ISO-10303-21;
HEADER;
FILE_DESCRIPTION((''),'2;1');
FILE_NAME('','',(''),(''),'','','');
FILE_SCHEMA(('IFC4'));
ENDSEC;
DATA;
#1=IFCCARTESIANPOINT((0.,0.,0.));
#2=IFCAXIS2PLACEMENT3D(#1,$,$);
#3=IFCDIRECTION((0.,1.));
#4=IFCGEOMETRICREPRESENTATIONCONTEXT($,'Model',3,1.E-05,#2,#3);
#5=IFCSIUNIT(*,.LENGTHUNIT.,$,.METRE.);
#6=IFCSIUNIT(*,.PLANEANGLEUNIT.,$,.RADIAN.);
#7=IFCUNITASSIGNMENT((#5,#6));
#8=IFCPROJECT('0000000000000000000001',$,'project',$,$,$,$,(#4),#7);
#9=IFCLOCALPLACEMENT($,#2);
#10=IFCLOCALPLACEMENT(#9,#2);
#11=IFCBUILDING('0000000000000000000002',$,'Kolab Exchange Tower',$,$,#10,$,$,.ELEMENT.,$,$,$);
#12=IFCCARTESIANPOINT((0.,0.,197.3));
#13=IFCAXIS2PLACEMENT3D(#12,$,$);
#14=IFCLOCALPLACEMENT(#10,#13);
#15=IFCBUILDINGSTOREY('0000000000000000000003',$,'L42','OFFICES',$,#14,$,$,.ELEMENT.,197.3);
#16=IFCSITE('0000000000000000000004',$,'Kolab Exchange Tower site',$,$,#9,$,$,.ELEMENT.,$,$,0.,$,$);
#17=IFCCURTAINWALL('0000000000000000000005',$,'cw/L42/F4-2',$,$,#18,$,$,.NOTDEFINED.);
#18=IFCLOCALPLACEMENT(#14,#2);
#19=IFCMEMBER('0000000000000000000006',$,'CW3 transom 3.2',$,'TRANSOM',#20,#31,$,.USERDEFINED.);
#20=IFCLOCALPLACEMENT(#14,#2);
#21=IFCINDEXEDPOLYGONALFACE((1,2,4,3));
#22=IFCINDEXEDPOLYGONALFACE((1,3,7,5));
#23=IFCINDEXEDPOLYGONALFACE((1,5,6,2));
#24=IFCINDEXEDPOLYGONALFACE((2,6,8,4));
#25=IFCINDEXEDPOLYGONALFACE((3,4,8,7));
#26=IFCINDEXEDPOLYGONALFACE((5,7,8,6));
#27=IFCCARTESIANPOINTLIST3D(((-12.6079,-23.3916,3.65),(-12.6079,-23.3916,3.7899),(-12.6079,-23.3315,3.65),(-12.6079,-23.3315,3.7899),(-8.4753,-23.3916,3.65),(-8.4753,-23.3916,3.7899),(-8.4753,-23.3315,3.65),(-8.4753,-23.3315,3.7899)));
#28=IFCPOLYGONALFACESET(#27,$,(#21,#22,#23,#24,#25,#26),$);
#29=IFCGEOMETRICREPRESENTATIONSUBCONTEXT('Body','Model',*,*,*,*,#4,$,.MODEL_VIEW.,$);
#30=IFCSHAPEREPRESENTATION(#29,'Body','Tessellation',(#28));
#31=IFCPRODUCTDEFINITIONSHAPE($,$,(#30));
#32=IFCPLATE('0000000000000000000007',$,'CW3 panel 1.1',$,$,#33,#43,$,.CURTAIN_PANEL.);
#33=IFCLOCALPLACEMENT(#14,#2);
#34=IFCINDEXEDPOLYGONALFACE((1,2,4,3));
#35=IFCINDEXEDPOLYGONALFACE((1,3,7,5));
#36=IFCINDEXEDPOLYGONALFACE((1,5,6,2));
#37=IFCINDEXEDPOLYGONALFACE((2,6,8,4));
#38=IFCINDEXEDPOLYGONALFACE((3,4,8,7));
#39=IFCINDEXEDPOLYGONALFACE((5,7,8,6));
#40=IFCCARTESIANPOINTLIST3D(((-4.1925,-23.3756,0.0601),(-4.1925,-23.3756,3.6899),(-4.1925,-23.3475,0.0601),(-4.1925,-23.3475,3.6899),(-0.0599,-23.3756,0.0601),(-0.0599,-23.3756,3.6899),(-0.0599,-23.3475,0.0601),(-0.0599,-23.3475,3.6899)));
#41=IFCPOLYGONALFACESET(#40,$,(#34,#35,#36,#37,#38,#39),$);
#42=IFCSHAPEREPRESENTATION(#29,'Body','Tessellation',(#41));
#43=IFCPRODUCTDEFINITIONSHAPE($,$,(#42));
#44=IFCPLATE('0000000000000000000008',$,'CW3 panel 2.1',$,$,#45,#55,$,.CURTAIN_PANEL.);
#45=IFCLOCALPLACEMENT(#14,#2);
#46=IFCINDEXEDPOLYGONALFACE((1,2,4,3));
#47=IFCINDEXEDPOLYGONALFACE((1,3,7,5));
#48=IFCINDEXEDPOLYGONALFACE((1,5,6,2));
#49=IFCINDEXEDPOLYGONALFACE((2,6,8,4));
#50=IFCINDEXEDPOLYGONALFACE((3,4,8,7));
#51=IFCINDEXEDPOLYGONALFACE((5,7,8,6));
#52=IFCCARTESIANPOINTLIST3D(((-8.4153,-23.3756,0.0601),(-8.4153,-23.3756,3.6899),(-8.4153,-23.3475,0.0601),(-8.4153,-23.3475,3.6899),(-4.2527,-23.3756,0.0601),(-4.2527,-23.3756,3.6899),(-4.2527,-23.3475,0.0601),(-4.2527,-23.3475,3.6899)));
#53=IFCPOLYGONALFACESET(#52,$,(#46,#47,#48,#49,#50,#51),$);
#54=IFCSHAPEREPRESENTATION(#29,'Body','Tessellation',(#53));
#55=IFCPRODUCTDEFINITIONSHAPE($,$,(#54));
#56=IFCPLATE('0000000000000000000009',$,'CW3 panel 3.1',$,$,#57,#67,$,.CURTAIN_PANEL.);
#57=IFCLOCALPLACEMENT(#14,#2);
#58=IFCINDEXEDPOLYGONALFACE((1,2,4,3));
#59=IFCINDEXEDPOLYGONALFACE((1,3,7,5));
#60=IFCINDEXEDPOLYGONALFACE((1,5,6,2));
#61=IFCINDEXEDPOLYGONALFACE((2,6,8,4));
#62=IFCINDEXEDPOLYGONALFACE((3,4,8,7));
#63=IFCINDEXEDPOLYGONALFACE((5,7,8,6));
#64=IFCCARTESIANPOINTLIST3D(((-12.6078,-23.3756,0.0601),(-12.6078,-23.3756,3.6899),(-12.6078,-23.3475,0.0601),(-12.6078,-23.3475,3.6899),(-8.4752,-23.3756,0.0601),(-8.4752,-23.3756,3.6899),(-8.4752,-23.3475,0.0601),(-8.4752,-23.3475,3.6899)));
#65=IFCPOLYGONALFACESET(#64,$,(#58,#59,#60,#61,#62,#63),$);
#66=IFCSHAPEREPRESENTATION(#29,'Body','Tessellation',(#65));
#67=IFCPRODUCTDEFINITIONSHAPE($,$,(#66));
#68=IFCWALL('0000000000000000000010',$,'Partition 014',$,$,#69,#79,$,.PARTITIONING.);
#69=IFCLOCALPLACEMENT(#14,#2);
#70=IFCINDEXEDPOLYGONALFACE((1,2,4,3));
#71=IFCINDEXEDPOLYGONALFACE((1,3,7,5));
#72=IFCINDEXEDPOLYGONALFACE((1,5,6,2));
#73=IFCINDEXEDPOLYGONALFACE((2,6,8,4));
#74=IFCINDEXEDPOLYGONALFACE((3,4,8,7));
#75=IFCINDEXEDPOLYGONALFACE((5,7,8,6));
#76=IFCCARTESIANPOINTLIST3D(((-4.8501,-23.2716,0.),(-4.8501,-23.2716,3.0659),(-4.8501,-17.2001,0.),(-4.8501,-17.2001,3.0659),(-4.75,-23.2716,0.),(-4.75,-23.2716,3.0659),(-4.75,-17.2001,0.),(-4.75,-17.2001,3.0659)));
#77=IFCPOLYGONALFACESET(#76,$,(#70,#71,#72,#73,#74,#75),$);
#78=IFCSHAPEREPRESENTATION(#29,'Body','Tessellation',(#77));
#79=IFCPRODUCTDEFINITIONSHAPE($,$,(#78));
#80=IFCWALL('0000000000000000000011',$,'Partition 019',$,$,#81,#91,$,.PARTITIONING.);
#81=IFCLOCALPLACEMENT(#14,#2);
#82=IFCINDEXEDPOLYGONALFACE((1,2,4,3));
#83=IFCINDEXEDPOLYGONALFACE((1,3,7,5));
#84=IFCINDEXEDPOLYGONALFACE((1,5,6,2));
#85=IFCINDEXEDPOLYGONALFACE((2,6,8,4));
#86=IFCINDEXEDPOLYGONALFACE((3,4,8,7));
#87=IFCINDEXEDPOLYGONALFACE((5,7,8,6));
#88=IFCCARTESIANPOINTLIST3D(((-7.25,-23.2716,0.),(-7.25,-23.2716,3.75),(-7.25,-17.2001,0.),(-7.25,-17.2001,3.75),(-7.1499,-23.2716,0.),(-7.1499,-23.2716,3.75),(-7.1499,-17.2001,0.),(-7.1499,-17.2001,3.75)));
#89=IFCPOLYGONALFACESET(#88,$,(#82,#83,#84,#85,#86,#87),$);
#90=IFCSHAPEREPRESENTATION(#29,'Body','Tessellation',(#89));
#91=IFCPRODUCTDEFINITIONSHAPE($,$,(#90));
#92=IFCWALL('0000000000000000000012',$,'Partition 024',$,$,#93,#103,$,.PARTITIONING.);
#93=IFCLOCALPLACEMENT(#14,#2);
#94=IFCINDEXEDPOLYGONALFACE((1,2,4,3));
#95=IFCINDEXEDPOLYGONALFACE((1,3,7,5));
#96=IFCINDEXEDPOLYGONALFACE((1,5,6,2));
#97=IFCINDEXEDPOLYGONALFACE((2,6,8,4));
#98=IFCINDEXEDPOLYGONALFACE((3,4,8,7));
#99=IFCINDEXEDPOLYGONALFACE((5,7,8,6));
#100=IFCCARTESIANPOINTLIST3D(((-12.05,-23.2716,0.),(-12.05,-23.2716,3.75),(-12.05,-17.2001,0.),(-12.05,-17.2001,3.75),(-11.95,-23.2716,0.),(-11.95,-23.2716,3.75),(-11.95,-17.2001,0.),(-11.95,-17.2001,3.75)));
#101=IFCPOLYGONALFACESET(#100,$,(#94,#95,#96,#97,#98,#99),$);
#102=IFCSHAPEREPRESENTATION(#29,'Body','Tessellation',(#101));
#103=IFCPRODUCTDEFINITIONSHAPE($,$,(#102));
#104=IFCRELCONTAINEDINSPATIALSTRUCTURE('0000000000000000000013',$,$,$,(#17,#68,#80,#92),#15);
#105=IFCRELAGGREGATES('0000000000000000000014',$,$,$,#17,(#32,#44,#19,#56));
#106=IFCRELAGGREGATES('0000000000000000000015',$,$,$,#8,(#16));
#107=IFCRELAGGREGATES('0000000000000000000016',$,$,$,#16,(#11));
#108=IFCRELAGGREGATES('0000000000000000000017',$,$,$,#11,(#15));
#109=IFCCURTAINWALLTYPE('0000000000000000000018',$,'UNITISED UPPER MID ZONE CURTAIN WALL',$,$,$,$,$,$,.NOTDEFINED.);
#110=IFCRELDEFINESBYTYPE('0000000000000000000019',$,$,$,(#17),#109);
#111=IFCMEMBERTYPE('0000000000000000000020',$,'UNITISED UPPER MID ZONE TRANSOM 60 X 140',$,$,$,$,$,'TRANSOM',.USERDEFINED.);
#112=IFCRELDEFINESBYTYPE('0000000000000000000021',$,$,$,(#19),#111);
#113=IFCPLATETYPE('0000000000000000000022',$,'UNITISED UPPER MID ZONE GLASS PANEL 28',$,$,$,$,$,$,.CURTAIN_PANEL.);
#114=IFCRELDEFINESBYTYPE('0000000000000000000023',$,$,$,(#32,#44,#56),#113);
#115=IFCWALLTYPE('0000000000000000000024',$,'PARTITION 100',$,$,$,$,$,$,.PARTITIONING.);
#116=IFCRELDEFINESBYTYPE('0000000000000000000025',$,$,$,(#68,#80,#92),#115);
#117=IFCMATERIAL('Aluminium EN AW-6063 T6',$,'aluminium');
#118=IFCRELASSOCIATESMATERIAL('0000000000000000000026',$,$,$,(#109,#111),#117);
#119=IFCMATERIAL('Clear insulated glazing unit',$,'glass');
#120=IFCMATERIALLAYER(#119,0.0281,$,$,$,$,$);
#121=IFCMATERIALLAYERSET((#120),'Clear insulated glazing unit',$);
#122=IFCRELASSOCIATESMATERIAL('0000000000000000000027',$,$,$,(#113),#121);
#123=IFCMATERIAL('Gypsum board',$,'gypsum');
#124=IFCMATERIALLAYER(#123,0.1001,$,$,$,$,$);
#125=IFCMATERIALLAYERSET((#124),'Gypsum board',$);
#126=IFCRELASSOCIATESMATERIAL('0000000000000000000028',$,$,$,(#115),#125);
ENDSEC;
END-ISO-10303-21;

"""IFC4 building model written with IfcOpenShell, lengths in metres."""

from ifc_helpers import new_model, si_unit, direction, frame, frame_2d, origin, origin_2d, place, context, subcontext, project, spatial, rectangle, extrude, material, layer, layer_set, material_profile, profile_set, type_object, element, aggregate, save


model = new_model("IFC4")

# Units and contexts
model_context = context("Model", 3, precision=1e-05, world=origin(), true_north=direction((0.0, 1.0)))
body_context = subcontext(model_context, "Body", "Model", "MODEL_VIEW")
ifc_project = project(units=[si_unit("LENGTHUNIT", "METRE"), si_unit("PLANEANGLEUNIT", "RADIAN")], contexts=[model_context])

# Site, building, storey
site_placement = place(None, origin())
site = spatial("IfcSite", under=ifc_project, at=site_placement, Name="Kolab Exchange Tower site", CompositionType="ELEMENT", RefElevation=0.0)
building_placement = place(site_placement, origin())
building = spatial("IfcBuilding", under=site, at=building_placement, Name="Kolab Exchange Tower", CompositionType="ELEMENT")
storey_placement = place(building_placement, frame((0.0, 0.0, 197.3)))
storey = spatial("IfcBuildingStorey", under=building, at=storey_placement, Name="L42", Description="OFFICES", CompositionType="ELEMENT", Elevation=197.3)

# Curtain wall, member, plates
ifc_material_1 = material(Name="Aluminium EN AW-6063 T6", Category="aluminium")
curtain_wall_type = type_object("IfcCurtainWallType", Name="UNITISED UPPER MID ZONE CURTAIN WALL", PredefinedType="NOTDEFINED", material=ifc_material_1)
curtain_wall_placement = place(storey_placement, origin())
curtain_wall = element("IfcCurtainWall", 1, at=curtain_wall_placement, inside=storey, type_object=curtain_wall_type, Name="cw/L42/F4-2", PredefinedType="NOTDEFINED")
ifc_material_profile_1 = material_profile(ifc_material_1, rectangle(XDim=0.0601, YDim=0.1399, at=origin_2d()), Name="RECT 60X140")
ifc_profile_set_1 = profile_set([ifc_material_profile_1], Name="Aluminium EN AW-6063 T6")
member_type_1 = type_object("IfcMemberType", Name="UNITISED UPPER MID ZONE TRANSOM 60 X 140", ElementType="TRANSOM", PredefinedType="USERDEFINED", material=ifc_profile_set_1)
member_1_placement = place(storey_placement, frame((-8.4753, -23.3616, 3.72), z_axis=(-1.0, 0.0, 0.0), x_axis=(0.0, -1.0, 0.0)))
member_1 = element("IfcMember", 2, at=member_1_placement, type_object=member_type_1, Name="CW3 transom 3.2", ObjectType="TRANSOM", PredefinedType="USERDEFINED", context=body_context, shape_type="SweptSolid", body=[
    extrude(rectangle(XDim=0.0601, YDim=0.1399, at=origin_2d()), origin(), (0.0, 0.0, 1.0), 4.1326),
])
ifc_material_2 = material(Name="Clear insulated glazing unit", Category="glass")
ifc_layer_1 = layer(ifc_material_2, 0.0281)
ifc_layer_set_1 = layer_set([ifc_layer_1], Name="Clear insulated glazing unit")
plate_type = type_object("IfcPlateType", Name="UNITISED UPPER MID ZONE GLASS PANEL 28", PredefinedType="CURTAIN_PANEL", material=ifc_layer_set_1)
plate_1_placement = place(storey_placement, frame((-2.1262, -23.3616, 0.0601), z_axis=(0.0, 0.0, 1.0), x_axis=(-1.0, 0.0, 0.0)))
plate_1 = element("IfcPlate", 3, at=plate_1_placement, type_object=plate_type, Name="CW3 panel 1.1", PredefinedType="CURTAIN_PANEL", context=body_context, shape_type="SweptSolid", body=[
    extrude(rectangle(XDim=4.1326, YDim=0.0281, at=origin_2d()), origin(), (0.0, 0.0, 1.0), 3.6299),
])
plate_2_placement = place(storey_placement, frame((-6.334, -23.3616, 0.0601), z_axis=(0.0, 0.0, 1.0), x_axis=(-1.0, 0.0, 0.0)))
plate_2 = element("IfcPlate", 4, at=plate_2_placement, type_object=plate_type, Name="CW3 panel 2.1", PredefinedType="CURTAIN_PANEL", context=body_context, shape_type="SweptSolid", body=[
    extrude(rectangle(XDim=4.1626, YDim=0.0281, at=origin_2d()), origin(), (0.0, 0.0, 1.0), 3.6299),
])
plate_3_placement = place(storey_placement, frame((-10.5415, -23.3616, 0.0601), z_axis=(0.0, 0.0, 1.0), x_axis=(-1.0, 0.0, 0.0)))
plate_3 = element("IfcPlate", 5, at=plate_3_placement, type_object=plate_type, Name="CW3 panel 3.1", PredefinedType="CURTAIN_PANEL", context=body_context, shape_type="SweptSolid", body=[
    extrude(rectangle(XDim=4.1326, YDim=0.0281, at=origin_2d()), origin(), (0.0, 0.0, 1.0), 3.6299),
])
aggregate(curtain_wall, [plate_1, plate_2, member_1, plate_3])

# Walls
ifc_material_3 = material(Name="Gypsum board", Category="gypsum")
ifc_layer_2 = layer(ifc_material_3, 0.1001)
ifc_layer_set_2 = layer_set([ifc_layer_2], Name="Gypsum board")
wall_type = type_object("IfcWallType", Name="PARTITION 100", PredefinedType="PARTITIONING", material=ifc_layer_set_2)
wall_placement = place(storey_placement, frame((-4.8, -23.2715, 0.0), z_axis=(0.0, 0.0, 1.0), x_axis=(0.0, 1.0, 0.0)))
element("IfcWall", 6, at=wall_placement, inside=storey, type_object=wall_type, Name="Partition 014", PredefinedType="PARTITIONING", context=body_context, shape_type="SweptSolid", body=[
    extrude(rectangle(XDim=6.0715, YDim=0.1001, at=frame_2d((3.0356, 0.0))), origin(), (0.0, 0.0, 1.0), 3.0659),
])
for number, where, z_axis, x_axis, name in (
    (7, (-7.2, -23.2715, 0.0), (0.0, 0.0, 1.0), (0.0, 1.0, 0.0), "Partition 019"),
    (8, (-12.0, -23.2715, 0.0), (0.0, 0.0, 1.0), (0.0, 1.0, 0.0), "Partition 024"),
):
    element("IfcWall", number, at=place(storey_placement, frame(where, z_axis=z_axis, x_axis=x_axis)), inside=storey, type_object=wall_type, Name=name, PredefinedType="PARTITIONING", context=body_context, shape_type="SweptSolid", body=[
        extrude(rectangle(XDim=6.0715, YDim=0.1001, at=frame_2d((3.0356, 0.0))), origin(), (0.0, 0.0, 1.0), 3.75),
    ])

save(model, "model.ifc")
